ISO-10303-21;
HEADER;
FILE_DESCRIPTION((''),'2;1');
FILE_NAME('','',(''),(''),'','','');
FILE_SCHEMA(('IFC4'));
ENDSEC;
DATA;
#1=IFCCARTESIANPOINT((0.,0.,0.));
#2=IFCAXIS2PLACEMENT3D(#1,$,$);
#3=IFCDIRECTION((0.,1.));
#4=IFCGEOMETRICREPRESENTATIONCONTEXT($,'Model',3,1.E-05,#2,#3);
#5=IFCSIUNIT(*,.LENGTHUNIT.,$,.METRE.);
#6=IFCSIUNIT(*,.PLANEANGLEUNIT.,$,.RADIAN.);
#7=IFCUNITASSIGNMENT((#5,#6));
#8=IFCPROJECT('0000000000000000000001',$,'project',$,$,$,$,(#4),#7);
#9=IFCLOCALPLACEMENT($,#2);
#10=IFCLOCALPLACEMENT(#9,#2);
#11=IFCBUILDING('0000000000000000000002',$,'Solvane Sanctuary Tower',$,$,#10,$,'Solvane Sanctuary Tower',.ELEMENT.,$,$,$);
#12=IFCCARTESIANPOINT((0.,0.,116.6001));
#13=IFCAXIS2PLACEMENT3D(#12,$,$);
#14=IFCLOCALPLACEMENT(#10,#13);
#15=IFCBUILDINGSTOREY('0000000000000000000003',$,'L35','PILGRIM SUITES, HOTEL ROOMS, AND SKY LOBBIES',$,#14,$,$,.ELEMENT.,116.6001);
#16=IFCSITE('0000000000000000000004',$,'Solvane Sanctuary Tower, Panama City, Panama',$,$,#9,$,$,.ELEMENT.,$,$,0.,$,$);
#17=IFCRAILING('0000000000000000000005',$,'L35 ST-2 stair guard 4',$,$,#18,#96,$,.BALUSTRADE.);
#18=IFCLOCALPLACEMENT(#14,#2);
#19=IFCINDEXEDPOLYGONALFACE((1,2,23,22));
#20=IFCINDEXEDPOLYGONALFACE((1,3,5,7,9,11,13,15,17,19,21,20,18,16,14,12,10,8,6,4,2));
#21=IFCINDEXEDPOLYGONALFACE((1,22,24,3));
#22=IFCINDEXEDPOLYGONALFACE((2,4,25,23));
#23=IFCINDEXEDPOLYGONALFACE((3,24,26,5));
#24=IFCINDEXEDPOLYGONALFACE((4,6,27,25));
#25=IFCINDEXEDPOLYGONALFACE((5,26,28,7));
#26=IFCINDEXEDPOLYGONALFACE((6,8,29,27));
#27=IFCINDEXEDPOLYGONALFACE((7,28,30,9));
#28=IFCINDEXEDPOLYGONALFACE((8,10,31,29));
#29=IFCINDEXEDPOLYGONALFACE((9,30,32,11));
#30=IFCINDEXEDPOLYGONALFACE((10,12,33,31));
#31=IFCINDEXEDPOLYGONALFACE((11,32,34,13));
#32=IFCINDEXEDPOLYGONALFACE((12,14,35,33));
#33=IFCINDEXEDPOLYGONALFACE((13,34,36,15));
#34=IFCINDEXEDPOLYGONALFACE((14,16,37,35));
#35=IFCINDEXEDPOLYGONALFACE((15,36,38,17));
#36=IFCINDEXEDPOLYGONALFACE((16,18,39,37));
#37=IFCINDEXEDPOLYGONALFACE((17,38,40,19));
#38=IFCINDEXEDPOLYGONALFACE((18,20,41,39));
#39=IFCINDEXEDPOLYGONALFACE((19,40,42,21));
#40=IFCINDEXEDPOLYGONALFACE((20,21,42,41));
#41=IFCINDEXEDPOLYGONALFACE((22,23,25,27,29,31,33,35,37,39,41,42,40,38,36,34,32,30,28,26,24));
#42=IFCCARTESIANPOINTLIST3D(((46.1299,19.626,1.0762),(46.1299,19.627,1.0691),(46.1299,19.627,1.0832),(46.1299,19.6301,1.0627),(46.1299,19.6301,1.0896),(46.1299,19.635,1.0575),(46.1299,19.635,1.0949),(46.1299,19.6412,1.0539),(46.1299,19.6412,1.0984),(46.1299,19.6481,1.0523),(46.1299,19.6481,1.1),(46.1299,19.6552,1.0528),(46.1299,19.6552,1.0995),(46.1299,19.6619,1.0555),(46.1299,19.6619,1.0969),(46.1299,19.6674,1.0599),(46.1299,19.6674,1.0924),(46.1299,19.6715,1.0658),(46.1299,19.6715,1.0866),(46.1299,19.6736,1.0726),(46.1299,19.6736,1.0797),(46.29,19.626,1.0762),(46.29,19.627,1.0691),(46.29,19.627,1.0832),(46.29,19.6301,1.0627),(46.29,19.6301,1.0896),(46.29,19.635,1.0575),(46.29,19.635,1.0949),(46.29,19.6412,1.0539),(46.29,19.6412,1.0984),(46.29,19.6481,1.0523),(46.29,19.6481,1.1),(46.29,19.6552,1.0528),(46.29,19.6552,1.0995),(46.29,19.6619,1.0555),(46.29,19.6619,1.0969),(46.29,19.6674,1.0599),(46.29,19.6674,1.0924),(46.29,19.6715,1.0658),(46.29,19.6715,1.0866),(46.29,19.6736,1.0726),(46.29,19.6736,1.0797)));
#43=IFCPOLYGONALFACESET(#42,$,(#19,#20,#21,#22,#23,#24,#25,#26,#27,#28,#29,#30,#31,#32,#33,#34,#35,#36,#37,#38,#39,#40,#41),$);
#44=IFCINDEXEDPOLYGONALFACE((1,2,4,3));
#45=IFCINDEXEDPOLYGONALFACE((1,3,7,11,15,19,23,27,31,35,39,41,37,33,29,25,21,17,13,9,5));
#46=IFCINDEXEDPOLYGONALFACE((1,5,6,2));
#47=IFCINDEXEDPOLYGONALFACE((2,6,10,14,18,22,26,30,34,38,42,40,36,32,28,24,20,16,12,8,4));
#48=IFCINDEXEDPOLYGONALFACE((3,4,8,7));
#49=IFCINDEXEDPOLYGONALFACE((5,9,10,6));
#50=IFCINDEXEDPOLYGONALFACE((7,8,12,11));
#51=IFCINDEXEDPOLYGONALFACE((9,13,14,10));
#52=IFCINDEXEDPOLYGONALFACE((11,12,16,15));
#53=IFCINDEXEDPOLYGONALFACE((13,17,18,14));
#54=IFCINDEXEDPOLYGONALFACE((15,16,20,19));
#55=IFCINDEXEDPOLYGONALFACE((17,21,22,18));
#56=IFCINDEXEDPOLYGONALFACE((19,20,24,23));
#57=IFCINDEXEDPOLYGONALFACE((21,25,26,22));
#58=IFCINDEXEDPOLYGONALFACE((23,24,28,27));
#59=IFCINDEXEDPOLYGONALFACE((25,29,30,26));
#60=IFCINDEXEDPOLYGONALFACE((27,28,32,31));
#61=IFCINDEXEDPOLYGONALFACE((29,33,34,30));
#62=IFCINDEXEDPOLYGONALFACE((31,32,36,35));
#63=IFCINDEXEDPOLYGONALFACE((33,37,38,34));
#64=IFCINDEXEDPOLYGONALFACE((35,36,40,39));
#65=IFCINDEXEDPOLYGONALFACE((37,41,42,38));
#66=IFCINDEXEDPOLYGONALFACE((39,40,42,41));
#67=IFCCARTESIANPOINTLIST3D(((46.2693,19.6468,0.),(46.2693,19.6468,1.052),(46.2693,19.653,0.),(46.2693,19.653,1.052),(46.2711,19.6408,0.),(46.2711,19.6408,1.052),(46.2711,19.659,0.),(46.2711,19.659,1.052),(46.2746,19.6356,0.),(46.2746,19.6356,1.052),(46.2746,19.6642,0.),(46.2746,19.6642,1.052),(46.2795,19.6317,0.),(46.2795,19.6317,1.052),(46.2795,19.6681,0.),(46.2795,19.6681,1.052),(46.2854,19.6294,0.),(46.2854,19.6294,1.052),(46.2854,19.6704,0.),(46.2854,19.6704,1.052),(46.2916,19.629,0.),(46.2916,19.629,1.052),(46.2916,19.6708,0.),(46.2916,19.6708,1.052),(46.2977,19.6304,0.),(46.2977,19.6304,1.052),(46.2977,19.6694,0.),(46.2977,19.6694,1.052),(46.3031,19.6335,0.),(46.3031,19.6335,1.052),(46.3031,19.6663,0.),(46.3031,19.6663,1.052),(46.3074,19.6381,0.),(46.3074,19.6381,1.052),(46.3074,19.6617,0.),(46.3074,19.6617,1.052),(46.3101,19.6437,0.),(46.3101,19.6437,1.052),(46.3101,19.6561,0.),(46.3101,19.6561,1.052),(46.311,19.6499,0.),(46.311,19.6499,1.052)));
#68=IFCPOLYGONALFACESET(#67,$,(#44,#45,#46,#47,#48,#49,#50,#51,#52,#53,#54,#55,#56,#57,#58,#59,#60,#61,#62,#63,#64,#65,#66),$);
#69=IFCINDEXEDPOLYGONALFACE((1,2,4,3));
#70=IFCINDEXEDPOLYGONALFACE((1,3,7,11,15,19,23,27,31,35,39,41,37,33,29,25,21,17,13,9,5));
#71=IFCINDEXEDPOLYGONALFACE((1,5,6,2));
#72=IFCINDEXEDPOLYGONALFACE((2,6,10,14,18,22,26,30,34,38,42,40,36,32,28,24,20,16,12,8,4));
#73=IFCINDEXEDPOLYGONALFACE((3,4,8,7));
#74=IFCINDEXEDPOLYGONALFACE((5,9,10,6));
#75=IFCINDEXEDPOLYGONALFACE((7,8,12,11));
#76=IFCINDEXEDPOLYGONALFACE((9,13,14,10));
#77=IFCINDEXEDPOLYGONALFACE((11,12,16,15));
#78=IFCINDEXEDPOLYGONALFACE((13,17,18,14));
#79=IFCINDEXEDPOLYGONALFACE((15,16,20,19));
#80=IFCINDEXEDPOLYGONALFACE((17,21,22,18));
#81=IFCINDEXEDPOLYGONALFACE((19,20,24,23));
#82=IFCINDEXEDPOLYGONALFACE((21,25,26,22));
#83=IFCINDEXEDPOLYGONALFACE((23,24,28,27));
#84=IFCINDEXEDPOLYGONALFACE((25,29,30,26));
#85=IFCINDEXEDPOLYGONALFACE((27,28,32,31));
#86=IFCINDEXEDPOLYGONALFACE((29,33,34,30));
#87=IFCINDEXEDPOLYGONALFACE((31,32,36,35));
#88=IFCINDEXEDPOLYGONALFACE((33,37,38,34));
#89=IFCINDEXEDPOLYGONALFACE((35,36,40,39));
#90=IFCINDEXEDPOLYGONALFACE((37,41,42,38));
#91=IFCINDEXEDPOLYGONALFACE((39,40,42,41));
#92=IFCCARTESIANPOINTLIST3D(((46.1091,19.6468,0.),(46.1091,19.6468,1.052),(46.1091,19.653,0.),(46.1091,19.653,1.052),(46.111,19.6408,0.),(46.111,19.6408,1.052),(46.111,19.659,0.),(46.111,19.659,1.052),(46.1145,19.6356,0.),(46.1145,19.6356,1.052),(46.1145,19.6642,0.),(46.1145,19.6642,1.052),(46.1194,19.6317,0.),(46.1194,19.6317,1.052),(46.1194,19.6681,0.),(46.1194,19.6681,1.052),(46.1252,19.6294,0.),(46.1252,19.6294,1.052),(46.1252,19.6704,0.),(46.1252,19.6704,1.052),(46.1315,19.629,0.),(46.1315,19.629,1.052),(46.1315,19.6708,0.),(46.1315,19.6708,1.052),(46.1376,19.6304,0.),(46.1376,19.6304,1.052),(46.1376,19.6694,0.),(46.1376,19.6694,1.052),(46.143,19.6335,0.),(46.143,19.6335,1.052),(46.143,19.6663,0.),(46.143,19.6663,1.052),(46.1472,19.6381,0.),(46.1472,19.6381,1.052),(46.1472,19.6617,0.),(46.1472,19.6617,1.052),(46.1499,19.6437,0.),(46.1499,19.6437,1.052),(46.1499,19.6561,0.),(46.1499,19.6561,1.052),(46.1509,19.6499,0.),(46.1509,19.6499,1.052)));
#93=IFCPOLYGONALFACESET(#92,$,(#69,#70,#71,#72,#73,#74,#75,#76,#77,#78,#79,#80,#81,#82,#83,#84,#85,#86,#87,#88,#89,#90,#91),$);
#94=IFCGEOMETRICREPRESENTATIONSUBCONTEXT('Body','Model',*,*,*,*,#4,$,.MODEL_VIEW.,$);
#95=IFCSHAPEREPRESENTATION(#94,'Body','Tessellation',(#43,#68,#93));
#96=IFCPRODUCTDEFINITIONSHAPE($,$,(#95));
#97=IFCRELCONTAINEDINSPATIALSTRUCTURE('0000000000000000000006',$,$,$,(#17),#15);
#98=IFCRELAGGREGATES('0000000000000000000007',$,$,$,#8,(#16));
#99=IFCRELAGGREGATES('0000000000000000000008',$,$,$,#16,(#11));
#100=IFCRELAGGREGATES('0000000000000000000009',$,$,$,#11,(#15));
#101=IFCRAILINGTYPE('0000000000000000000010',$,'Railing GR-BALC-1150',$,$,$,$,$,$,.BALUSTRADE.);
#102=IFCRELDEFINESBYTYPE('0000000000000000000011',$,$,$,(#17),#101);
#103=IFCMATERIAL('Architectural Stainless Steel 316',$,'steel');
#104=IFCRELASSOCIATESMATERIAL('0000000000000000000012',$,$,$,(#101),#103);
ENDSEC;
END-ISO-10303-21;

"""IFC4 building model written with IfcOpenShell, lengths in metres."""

from ifc_helpers import new_model, si_unit, direction, frame, origin, origin_2d, place, context, subcontext, project, spatial, circle, extrude, material, type_object, element, save


model = new_model("IFC4")

# Units and contexts
model_context = context("Model", 3, precision=1e-05, world=origin(), true_north=direction((0.0, 1.0)))
body_context = subcontext(model_context, "Body", "Model", "MODEL_VIEW")
ifc_project = project(units=[si_unit("LENGTHUNIT", "METRE"), si_unit("PLANEANGLEUNIT", "RADIAN")], contexts=[model_context])

# Site, building, storey
site_placement = place(None, origin())
site = spatial("IfcSite", under=ifc_project, at=site_placement, Name="Solvane Sanctuary Tower, Panama City, Panama", CompositionType="ELEMENT", RefElevation=0.0)
building_placement = place(site_placement, origin())
building = spatial("IfcBuilding", under=site, at=building_placement, Name="Solvane Sanctuary Tower", LongName="Solvane Sanctuary Tower", CompositionType="ELEMENT")
storey_placement = place(building_placement, frame((0.0, 0.0, 116.6001)))
storey = spatial("IfcBuildingStorey", under=building, at=storey_placement, Name="L35", Description="PILGRIM SUITES, HOTEL ROOMS, AND SKY LOBBIES", CompositionType="ELEMENT", Elevation=116.6001)

# Shared definitions
ifc_material_1 = material(Name="Architectural Stainless Steel 316", Category="steel")

# Railing
railing_type_1 = type_object("IfcRailingType", Name="Railing GR-BALC-1150", PredefinedType="BALUSTRADE", material=ifc_material_1)
railing_1_placement = place(storey_placement, frame((46.29, 19.6499, 0.0)))
element("IfcRailing", 1, at=railing_1_placement, inside=storey, type_object=railing_type_1, Name="L35 ST-2 stair guard 4", PredefinedType="BALUSTRADE", context=body_context, shape_type="SweptSolid", body=[
    extrude(circle(Radius=0.0239, at=origin_2d()), frame((0.0, 0.0, 1.0762), z_axis=(-1.0, 0.0, 0.0), x_axis=(0.0, -1.0, 0.0)), (0.0, 0.0, 1.0), 0.1602),
    extrude(circle(Radius=0.021, at=origin_2d()), origin(), (0.0, 0.0, 1.0), 1.052),
    extrude(circle(Radius=0.021, at=origin_2d()), frame((-0.1602, 0.0, 0.0)), (0.0, 0.0, 1.0), 1.052),
])

save(model, "model.ifc")
